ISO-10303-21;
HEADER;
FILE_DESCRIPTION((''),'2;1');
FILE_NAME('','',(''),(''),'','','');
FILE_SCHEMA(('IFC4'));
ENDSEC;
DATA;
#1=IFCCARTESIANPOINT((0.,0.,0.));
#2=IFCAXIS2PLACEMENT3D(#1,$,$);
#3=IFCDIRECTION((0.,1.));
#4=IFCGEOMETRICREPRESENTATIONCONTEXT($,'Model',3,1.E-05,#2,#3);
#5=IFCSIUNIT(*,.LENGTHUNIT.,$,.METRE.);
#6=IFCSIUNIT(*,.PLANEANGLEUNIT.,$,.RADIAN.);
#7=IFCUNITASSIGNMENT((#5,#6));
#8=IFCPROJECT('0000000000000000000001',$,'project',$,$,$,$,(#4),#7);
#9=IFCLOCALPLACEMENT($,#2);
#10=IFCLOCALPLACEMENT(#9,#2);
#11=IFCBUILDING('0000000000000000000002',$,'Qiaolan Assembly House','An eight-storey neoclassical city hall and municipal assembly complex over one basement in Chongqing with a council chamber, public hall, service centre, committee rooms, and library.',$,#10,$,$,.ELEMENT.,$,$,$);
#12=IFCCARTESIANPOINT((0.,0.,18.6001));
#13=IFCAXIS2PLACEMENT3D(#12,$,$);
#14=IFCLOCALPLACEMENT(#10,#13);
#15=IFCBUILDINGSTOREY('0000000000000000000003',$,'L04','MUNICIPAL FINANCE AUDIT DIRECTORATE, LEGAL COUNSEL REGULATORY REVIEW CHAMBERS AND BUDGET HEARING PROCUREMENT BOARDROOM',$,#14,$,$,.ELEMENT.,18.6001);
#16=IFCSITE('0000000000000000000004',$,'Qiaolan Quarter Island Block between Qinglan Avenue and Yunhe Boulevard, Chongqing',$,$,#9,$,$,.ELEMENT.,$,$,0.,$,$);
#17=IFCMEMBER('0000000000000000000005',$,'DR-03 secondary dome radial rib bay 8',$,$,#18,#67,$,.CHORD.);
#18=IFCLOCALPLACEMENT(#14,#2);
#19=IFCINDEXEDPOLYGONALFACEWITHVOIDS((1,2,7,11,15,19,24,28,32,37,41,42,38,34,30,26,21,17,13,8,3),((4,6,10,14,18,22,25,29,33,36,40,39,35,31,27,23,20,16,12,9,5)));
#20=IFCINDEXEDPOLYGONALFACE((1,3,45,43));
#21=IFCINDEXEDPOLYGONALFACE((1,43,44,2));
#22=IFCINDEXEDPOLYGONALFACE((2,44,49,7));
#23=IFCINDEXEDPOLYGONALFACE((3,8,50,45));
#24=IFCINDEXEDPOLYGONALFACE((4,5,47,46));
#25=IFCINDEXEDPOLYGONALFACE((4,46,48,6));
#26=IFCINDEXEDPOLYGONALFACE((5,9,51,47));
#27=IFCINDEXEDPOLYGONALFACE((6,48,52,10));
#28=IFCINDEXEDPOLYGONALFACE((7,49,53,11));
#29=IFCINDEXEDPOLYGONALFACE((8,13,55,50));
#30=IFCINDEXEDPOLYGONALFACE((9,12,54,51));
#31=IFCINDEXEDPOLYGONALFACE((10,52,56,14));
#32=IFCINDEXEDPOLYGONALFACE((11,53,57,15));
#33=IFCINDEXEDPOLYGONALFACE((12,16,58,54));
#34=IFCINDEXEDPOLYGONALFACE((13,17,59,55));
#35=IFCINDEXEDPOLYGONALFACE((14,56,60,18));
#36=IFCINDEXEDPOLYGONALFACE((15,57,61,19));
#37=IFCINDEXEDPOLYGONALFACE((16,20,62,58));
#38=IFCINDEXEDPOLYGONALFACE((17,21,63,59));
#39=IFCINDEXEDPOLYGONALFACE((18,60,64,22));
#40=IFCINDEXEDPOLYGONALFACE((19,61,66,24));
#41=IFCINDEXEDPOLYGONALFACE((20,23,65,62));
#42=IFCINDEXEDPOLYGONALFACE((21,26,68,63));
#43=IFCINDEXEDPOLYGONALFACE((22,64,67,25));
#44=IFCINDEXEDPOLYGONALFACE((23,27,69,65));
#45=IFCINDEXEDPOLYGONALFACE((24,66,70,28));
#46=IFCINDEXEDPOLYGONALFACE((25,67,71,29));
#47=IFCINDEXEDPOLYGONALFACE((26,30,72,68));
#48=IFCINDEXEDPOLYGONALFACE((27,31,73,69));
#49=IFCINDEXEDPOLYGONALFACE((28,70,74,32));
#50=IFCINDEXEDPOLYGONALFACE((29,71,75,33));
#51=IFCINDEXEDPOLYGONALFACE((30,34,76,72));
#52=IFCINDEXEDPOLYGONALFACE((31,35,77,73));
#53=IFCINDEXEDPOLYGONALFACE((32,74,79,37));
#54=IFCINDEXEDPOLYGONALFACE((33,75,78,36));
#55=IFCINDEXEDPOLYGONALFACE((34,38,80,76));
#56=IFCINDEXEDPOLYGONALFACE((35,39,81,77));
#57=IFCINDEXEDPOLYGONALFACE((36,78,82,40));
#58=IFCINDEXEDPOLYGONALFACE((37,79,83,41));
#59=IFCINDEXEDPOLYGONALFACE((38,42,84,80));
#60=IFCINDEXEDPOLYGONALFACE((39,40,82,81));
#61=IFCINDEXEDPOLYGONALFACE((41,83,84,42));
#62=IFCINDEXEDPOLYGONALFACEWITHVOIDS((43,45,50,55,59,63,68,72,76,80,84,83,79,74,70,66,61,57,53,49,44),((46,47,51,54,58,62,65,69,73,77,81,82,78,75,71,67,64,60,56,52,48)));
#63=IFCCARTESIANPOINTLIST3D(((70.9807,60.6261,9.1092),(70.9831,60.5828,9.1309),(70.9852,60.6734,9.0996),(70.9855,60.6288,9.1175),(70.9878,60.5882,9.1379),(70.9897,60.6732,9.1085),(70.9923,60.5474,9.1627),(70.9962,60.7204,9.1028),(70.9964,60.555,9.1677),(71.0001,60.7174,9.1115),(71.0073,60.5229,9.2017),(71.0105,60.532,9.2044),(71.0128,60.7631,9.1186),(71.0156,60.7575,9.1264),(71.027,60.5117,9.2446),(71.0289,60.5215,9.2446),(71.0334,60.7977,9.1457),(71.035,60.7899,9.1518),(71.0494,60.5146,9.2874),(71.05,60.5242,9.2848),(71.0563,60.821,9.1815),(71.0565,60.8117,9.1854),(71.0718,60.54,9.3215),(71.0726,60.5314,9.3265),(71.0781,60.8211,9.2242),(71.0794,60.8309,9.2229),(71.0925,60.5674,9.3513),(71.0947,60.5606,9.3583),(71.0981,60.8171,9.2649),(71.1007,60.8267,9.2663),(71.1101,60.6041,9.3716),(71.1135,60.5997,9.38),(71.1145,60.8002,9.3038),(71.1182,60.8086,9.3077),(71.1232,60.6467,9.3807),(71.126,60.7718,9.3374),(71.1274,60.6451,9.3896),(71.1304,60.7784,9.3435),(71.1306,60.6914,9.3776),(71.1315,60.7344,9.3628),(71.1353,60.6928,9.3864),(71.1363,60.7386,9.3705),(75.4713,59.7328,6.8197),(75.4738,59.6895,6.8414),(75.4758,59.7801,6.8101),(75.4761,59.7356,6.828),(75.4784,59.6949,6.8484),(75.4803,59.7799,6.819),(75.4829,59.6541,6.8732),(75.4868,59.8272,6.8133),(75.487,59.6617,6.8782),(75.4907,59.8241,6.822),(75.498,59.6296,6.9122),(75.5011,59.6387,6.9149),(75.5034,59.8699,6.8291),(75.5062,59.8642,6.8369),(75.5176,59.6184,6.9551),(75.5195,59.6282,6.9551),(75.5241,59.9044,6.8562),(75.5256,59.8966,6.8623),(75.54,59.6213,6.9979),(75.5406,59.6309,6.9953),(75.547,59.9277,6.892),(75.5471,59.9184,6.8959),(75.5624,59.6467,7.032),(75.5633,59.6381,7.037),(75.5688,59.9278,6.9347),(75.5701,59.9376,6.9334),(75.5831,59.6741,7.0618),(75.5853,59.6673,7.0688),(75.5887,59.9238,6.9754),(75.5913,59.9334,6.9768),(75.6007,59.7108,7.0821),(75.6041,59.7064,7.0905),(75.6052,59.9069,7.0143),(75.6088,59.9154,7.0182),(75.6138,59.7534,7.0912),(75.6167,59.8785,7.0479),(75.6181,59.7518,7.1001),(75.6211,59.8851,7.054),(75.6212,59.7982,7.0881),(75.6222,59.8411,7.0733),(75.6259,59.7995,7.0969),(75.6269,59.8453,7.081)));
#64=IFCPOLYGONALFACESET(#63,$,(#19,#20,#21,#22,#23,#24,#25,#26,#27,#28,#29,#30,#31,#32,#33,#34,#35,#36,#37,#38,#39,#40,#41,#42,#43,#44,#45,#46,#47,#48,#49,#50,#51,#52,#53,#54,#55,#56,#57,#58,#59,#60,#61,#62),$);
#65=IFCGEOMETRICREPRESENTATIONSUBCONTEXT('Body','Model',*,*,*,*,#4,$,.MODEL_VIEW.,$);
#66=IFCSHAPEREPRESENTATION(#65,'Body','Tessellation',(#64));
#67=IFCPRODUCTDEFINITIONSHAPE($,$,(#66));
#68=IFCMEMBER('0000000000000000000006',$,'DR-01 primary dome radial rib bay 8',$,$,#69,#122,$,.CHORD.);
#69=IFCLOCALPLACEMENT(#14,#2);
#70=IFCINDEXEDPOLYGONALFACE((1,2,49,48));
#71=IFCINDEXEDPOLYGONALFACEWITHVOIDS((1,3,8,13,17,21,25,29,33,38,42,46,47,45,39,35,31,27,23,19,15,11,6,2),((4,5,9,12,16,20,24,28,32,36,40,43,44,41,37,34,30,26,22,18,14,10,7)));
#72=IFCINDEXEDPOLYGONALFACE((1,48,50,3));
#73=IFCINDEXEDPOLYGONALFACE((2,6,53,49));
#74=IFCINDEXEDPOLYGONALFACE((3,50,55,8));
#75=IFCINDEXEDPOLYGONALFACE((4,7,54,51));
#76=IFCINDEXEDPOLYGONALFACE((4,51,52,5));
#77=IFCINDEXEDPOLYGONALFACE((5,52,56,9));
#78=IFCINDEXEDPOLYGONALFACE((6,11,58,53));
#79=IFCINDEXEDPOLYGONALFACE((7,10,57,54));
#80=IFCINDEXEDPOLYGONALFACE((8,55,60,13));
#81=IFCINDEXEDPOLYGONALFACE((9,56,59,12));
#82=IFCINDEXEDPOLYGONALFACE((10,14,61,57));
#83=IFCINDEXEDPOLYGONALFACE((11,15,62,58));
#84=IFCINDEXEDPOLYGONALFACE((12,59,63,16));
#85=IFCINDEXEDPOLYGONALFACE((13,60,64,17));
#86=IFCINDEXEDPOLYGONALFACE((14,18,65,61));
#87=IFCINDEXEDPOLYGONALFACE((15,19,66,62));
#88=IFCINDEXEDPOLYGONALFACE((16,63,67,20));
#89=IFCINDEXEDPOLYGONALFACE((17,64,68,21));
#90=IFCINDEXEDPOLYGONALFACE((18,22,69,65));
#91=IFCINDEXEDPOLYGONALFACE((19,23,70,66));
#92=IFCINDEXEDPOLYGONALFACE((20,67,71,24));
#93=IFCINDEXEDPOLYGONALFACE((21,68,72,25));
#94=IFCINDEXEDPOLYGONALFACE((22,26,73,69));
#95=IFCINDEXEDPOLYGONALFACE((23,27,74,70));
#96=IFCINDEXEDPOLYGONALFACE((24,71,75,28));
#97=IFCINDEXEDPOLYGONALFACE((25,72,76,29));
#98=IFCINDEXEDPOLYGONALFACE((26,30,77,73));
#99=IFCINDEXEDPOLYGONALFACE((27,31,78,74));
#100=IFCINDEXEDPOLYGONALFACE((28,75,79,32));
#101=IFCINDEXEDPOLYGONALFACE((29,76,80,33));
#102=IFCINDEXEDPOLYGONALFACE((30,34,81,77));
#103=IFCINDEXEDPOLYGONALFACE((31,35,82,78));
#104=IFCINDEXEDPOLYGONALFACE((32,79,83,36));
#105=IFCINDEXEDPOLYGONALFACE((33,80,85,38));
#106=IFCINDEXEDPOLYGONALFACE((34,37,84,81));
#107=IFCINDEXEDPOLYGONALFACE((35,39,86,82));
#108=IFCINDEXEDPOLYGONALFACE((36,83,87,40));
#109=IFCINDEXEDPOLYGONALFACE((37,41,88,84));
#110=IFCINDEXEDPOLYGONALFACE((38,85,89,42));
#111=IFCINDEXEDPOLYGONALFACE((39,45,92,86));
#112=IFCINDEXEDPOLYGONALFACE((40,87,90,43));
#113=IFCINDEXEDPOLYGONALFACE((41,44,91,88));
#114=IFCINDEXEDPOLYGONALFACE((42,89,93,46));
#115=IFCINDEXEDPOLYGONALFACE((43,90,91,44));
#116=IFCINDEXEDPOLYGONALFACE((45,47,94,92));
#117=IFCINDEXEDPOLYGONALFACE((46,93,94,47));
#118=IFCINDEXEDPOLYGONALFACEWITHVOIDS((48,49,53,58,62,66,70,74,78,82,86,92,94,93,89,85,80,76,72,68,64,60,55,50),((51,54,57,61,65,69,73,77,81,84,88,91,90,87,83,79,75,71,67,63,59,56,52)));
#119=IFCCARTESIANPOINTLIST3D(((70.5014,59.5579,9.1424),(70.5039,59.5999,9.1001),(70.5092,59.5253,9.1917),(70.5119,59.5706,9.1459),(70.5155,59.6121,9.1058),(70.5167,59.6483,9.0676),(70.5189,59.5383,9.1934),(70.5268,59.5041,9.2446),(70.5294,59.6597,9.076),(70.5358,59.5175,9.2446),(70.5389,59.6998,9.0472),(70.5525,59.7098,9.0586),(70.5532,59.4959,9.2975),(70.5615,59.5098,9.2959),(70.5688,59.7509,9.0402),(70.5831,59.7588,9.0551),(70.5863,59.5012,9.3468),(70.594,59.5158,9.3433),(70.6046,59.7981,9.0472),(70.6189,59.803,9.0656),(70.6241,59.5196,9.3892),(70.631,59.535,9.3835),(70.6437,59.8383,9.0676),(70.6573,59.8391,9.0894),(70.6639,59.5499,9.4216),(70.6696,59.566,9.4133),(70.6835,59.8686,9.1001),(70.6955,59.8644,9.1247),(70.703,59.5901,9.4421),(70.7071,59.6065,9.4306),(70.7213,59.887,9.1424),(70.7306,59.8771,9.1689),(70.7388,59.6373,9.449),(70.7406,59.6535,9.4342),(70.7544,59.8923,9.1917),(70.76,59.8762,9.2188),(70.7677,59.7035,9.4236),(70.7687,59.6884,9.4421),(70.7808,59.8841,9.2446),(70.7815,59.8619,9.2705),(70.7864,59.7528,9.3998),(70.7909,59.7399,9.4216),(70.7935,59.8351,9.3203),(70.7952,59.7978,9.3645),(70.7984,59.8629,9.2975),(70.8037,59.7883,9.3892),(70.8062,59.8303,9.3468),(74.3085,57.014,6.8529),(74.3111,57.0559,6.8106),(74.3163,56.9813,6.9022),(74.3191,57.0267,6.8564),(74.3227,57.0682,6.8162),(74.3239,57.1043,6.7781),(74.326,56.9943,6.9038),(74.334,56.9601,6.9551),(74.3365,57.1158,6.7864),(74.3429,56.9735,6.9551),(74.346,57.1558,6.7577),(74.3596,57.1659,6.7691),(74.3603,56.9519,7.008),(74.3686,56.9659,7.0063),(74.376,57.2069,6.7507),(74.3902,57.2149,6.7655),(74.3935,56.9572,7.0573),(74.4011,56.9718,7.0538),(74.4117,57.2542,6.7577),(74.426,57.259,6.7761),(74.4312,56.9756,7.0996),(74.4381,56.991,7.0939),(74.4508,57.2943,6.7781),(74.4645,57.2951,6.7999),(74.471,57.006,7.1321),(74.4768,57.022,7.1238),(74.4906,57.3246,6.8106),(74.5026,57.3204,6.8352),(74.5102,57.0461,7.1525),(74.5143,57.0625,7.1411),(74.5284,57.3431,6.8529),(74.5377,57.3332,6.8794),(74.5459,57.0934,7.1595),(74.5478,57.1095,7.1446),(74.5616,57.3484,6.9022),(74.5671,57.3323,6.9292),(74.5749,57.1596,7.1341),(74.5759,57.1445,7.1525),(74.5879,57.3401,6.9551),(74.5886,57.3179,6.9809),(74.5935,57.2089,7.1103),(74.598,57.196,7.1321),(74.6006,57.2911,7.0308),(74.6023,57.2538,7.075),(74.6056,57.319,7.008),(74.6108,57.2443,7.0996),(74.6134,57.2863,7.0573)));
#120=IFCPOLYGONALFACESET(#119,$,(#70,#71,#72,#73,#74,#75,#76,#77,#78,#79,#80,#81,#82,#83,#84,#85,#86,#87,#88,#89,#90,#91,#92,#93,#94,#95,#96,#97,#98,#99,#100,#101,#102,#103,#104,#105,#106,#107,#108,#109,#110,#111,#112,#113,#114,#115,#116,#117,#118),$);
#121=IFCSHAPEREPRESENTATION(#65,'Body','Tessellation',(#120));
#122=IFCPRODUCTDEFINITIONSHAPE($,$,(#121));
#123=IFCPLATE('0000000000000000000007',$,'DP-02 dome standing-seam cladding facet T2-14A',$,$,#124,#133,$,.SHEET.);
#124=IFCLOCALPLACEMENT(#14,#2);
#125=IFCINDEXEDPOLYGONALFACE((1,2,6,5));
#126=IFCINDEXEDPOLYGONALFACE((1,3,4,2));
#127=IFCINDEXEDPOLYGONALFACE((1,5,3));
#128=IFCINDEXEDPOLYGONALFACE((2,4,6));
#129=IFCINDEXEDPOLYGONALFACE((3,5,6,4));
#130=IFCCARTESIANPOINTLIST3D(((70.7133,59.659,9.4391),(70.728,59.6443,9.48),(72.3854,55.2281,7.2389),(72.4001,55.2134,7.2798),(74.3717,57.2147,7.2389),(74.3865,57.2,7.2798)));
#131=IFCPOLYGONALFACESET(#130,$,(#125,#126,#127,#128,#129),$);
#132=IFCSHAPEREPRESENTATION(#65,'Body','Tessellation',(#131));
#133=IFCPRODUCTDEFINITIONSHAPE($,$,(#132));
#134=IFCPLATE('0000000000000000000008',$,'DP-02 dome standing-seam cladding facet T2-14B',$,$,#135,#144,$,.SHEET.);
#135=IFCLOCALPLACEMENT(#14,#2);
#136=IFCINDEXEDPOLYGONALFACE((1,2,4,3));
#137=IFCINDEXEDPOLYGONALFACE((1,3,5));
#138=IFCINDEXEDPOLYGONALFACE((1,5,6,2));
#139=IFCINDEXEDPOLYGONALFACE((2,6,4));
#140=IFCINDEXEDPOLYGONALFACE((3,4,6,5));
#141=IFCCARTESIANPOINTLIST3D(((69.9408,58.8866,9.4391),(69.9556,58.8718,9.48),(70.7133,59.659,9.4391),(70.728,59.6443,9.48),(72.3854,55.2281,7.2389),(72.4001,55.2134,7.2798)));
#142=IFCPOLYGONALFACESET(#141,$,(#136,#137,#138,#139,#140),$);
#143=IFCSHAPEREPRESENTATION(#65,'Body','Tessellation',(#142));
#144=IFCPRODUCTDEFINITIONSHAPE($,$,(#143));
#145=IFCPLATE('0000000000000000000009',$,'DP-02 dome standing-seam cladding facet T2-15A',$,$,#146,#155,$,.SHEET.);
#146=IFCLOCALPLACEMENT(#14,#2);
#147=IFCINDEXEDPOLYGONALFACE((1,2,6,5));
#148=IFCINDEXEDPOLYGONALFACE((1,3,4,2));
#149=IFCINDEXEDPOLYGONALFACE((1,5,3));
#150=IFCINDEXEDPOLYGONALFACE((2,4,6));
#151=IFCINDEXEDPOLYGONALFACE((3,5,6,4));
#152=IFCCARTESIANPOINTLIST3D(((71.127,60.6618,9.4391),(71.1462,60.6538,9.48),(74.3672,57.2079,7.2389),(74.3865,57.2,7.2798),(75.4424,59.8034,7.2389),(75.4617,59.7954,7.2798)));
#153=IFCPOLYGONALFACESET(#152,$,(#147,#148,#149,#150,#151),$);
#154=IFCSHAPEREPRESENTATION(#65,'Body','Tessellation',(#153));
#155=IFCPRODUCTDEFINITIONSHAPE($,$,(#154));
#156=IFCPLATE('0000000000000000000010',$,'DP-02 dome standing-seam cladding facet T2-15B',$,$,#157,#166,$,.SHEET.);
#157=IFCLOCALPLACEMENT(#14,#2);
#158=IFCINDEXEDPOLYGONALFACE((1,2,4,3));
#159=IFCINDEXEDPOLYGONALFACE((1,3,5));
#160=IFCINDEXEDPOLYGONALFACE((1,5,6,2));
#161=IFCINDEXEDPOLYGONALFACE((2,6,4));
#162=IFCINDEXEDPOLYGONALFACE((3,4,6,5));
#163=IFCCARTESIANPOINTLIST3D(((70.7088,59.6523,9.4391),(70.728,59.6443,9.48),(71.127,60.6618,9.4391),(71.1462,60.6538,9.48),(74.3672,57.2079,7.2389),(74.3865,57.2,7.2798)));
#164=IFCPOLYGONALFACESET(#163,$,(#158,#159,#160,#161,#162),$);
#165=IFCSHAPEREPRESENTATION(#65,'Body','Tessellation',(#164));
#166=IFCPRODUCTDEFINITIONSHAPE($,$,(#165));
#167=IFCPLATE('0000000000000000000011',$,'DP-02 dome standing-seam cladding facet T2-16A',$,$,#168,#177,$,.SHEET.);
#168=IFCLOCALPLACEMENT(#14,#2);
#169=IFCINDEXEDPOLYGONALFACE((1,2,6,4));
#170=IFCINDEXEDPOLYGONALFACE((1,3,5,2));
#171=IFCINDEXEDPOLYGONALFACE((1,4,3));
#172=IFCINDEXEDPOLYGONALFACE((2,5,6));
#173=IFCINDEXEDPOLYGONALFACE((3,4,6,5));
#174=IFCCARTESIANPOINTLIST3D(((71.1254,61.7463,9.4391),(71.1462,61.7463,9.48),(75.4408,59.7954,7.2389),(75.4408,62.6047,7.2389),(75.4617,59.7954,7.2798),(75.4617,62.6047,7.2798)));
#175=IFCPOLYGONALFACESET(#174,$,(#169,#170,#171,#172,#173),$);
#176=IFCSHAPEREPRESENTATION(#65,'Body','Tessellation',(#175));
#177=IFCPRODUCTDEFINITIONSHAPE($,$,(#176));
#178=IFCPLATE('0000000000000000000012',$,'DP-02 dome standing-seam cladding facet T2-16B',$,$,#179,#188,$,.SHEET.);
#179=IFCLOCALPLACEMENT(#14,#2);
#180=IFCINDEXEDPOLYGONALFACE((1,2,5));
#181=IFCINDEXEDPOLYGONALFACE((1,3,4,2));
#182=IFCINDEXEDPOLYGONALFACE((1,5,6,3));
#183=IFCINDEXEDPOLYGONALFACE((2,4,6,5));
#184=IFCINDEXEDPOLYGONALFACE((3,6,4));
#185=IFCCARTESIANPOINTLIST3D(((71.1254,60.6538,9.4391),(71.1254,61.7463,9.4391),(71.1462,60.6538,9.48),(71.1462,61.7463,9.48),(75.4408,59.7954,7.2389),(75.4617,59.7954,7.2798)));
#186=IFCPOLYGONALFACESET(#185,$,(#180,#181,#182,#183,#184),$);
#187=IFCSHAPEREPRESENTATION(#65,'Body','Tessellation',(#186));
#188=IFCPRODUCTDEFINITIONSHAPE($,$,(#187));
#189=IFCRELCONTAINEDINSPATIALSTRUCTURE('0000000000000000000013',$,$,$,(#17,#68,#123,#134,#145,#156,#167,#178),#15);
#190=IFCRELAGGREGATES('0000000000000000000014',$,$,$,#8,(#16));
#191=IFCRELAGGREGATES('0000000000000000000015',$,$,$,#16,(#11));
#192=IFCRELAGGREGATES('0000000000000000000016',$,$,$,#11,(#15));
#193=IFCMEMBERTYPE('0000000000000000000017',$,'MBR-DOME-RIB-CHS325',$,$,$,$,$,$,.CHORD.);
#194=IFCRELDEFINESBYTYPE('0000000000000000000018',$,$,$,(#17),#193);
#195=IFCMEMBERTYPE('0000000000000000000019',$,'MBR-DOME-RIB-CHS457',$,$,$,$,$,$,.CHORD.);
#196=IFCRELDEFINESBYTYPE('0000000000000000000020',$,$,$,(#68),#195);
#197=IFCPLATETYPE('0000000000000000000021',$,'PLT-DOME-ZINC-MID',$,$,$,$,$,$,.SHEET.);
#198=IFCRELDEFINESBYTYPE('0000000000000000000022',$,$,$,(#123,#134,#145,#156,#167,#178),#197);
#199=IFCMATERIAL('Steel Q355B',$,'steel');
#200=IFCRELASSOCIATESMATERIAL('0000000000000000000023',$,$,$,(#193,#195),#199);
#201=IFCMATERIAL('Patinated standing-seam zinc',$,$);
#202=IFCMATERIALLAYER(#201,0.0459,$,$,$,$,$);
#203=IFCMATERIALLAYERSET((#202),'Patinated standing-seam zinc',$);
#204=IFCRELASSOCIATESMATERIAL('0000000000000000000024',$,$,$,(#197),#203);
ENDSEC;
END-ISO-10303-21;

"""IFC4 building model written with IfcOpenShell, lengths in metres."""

from ifc_helpers import new_model, si_unit, direction, frame, origin, origin_2d, place, context, subcontext, project, spatial, polyline, hollow_circle, outline, extrude, material, layer, layer_set, material_profile, profile_set, type_object, element, save


model = new_model("IFC4")

# Units and contexts
model_context = context("Model", 3, precision=1e-05, world=origin(), true_north=direction((0.0, 1.0)))
body_context = subcontext(model_context, "Body", "Model", "MODEL_VIEW")
ifc_project = project(units=[si_unit("LENGTHUNIT", "METRE"), si_unit("PLANEANGLEUNIT", "RADIAN")], contexts=[model_context])

# Site, building, storey
site_placement = place(None, origin())
site = spatial("IfcSite", under=ifc_project, at=site_placement, Name="Qiaolan Quarter Island Block between Qinglan Avenue and Yunhe Boulevard, Chongqing", CompositionType="ELEMENT", RefElevation=0.0)
building_placement = place(site_placement, origin())
building = spatial("IfcBuilding", under=site, at=building_placement, Name="Qiaolan Assembly House", Description="An eight-storey neoclassical city hall and municipal assembly complex over one basement in Chongqing with a council chamber, public hall, service centre, committee rooms, and library.", CompositionType="ELEMENT")
storey_placement = place(building_placement, frame((0.0, 0.0, 18.6001)))
storey = spatial("IfcBuildingStorey", under=building, at=storey_placement, Name="L04", Description="MUNICIPAL FINANCE AUDIT DIRECTORATE, LEGAL COUNSEL REGULATORY REVIEW CHAMBERS AND BUDGET HEARING PROCUREMENT BOARDROOM", CompositionType="ELEMENT", Elevation=18.6001)

# Shared definitions
ifc_material_1 = material(Name="Steel Q355B", Category="steel")

# Members
ifc_material_profile_1 = material_profile(ifc_material_1, hollow_circle(Radius=0.1626, WallThickness=0.01, at=origin_2d()), Name="CHS 325x10")
ifc_profile_set_1 = profile_set([ifc_material_profile_1], Name="Steel Q355B")
member_type_1 = type_object("IfcMemberType", Name="MBR-DOME-RIB-CHS325", PredefinedType="CHORD", material=ifc_profile_set_1)
for number, where, z_axis, x_axis, name in (
    (1, (75.5493, 59.7778, 6.9551), (-0.877224, 0.174501, 0.447244), (-0.195101, -0.980783, 0.0), "DR-03 secondary dome radial rib bay 8"),
):
    element("IfcMember", number, at=place(storey_placement, frame(where, z_axis=z_axis, x_axis=x_axis)), inside=storey, type_object=member_type_1, Name=name, PredefinedType="CHORD", context=body_context, shape_type="SweptSolid", body=[
        extrude(hollow_circle(Radius=0.1626, WallThickness=0.01, at=origin_2d()), origin(), (0.0, 0.0, 1.0), 5.1191),
    ])
ifc_material_profile_2 = material_profile(ifc_material_1, hollow_circle(Radius=0.2285, WallThickness=0.0161, at=origin_2d()), Name="CHS 457x16")
ifc_profile_set_2 = profile_set([ifc_material_profile_2], Name="Steel Q355B")
member_type_2 = type_object("IfcMemberType", Name="MBR-DOME-RIB-CHS457", PredefinedType="CHORD", material=ifc_profile_set_2)
member_placement = place(storey_placement, frame((74.4609, 57.1501, 6.9551), z_axis=(-0.743672, 0.496926, 0.447233), x_axis=(-0.555586, -0.831459, 0.0)))
element("IfcMember", 2, at=member_placement, inside=storey, type_object=member_type_2, Name="DR-01 primary dome radial rib bay 8", PredefinedType="CHORD", context=body_context, shape_type="SweptSolid", body=[
    extrude(hollow_circle(Radius=0.2285, WallThickness=0.0161, at=origin_2d()), origin(), (0.0, 0.0, 1.0), 5.1194),
])

# Plates
ifc_material_2 = material(Name="Patinated standing-seam zinc")
ifc_layer_1 = layer(ifc_material_2, 0.0459)
ifc_layer_set_1 = layer_set([ifc_layer_1], Name="Patinated standing-seam zinc")
plate_type_1 = type_object("IfcPlateType", Name="PLT-DOME-ZINC-MID", PredefinedType="SHEET", material=ifc_layer_set_1)
plate_1_placement = place(storey_placement, frame((72.4001, 55.2134, 7.2798), z_axis=(0.321202, -0.321163, 0.890889), x_axis=(0.707063, 0.70715, 0.0)))
element("IfcPlate", 3, at=plate_1_placement, inside=storey, type_object=plate_type_1, Name="DP-02 dome standing-seam cladding facet T2-14A", PredefinedType="SHEET", context=body_context, shape_type="SweptSolid", body=[
    extrude(outline(polyline([(0.0, 0.0), (2.8093, 0.0), (1.951, 4.8439), (0.0, 0.0)])), origin(), (0.0, 0.0, -1.0), 0.0459),
])
plate_2_placement = place(storey_placement, frame((72.4001, 55.2134, 7.2798), z_axis=(0.321175, -0.321175, 0.890894), x_axis=(-0.320204, 0.8485, 0.421328)))
element("IfcPlate", 4, at=plate_2_placement, inside=storey, type_object=plate_type_1, Name="DP-02 dome standing-seam cladding facet T2-14B", PredefinedType="SHEET", context=body_context, shape_type="SweptSolid", body=[
    extrude(outline(polyline([(0.0, 0.0), (5.222, 0.0), (4.814, 1.0133), (0.0, 0.0)])), origin(), (0.0, 0.0, -1.0), 0.0459),
])
plate_3_placement = place(storey_placement, frame((74.3865, 57.2, 7.2798), z_axis=(0.419636, -0.173839, 0.89089), x_axis=(0.38272, 0.923864, 0.0)))
element("IfcPlate", 5, at=plate_3_placement, inside=storey, type_object=plate_type_1, Name="DP-02 dome standing-seam cladding facet T2-15A", PredefinedType="SHEET", context=body_context, shape_type="SweptSolid", body=[
    extrude(outline(polyline([(0.0, 0.0), (2.8094, 0.0), (1.9508, 4.8439), (0.0, 0.0)])), origin(), (0.0, 0.0, -1.0), 0.0459),
])
plate_4_placement = place(storey_placement, frame((74.3865, 57.2, 7.2798), z_axis=(0.419634, -0.173841, 0.890891), x_axis=(-0.620499, 0.661407, 0.421333)))
element("IfcPlate", 6, at=plate_4_placement, inside=storey, type_object=plate_type_1, Name="DP-02 dome standing-seam cladding facet T2-15B", PredefinedType="SHEET", context=body_context, shape_type="SweptSolid", body=[
    extrude(outline(polyline([(0.0, 0.0), (5.222, 0.0), (4.8138, 1.0136), (0.0, 0.0)])), origin(), (0.0, 0.0, -1.0), 0.0459),
])
plate_5_placement = place(storey_placement, frame((75.4617, 59.7954, 7.2798), z_axis=(0.454216, 0.0, 0.890892), x_axis=(0.0, 1.0, 0.0)))
element("IfcPlate", 7, at=plate_5_placement, inside=storey, type_object=plate_type_1, Name="DP-02 dome standing-seam cladding facet T2-16A", PredefinedType="SHEET", context=body_context, shape_type="SweptSolid", body=[
    extrude(outline(polyline([(0.0, 0.0), (2.8093, 0.0), (1.9509, 4.8439), (0.0, 0.0)])), origin(), (0.0, 0.0, -1.0), 0.0459),
])
plate_6_placement = place(storey_placement, frame((75.4617, 59.7954, 7.2798), z_axis=(0.454216, 0.0, 0.890892), x_axis=(-0.826385, 0.373594, 0.421327)))
element("IfcPlate", 8, at=plate_6_placement, inside=storey, type_object=plate_type_1, Name="DP-02 dome standing-seam cladding facet T2-16B", PredefinedType="SHEET", context=body_context, shape_type="SweptSolid", body=[
    extrude(outline(polyline([(0.0, 0.0), (5.2221, 0.0), (4.8139, 1.0134), (0.0, 0.0)])), origin(), (0.0, 0.0, -1.0), 0.0459),
])

save(model, "model.ifc")
